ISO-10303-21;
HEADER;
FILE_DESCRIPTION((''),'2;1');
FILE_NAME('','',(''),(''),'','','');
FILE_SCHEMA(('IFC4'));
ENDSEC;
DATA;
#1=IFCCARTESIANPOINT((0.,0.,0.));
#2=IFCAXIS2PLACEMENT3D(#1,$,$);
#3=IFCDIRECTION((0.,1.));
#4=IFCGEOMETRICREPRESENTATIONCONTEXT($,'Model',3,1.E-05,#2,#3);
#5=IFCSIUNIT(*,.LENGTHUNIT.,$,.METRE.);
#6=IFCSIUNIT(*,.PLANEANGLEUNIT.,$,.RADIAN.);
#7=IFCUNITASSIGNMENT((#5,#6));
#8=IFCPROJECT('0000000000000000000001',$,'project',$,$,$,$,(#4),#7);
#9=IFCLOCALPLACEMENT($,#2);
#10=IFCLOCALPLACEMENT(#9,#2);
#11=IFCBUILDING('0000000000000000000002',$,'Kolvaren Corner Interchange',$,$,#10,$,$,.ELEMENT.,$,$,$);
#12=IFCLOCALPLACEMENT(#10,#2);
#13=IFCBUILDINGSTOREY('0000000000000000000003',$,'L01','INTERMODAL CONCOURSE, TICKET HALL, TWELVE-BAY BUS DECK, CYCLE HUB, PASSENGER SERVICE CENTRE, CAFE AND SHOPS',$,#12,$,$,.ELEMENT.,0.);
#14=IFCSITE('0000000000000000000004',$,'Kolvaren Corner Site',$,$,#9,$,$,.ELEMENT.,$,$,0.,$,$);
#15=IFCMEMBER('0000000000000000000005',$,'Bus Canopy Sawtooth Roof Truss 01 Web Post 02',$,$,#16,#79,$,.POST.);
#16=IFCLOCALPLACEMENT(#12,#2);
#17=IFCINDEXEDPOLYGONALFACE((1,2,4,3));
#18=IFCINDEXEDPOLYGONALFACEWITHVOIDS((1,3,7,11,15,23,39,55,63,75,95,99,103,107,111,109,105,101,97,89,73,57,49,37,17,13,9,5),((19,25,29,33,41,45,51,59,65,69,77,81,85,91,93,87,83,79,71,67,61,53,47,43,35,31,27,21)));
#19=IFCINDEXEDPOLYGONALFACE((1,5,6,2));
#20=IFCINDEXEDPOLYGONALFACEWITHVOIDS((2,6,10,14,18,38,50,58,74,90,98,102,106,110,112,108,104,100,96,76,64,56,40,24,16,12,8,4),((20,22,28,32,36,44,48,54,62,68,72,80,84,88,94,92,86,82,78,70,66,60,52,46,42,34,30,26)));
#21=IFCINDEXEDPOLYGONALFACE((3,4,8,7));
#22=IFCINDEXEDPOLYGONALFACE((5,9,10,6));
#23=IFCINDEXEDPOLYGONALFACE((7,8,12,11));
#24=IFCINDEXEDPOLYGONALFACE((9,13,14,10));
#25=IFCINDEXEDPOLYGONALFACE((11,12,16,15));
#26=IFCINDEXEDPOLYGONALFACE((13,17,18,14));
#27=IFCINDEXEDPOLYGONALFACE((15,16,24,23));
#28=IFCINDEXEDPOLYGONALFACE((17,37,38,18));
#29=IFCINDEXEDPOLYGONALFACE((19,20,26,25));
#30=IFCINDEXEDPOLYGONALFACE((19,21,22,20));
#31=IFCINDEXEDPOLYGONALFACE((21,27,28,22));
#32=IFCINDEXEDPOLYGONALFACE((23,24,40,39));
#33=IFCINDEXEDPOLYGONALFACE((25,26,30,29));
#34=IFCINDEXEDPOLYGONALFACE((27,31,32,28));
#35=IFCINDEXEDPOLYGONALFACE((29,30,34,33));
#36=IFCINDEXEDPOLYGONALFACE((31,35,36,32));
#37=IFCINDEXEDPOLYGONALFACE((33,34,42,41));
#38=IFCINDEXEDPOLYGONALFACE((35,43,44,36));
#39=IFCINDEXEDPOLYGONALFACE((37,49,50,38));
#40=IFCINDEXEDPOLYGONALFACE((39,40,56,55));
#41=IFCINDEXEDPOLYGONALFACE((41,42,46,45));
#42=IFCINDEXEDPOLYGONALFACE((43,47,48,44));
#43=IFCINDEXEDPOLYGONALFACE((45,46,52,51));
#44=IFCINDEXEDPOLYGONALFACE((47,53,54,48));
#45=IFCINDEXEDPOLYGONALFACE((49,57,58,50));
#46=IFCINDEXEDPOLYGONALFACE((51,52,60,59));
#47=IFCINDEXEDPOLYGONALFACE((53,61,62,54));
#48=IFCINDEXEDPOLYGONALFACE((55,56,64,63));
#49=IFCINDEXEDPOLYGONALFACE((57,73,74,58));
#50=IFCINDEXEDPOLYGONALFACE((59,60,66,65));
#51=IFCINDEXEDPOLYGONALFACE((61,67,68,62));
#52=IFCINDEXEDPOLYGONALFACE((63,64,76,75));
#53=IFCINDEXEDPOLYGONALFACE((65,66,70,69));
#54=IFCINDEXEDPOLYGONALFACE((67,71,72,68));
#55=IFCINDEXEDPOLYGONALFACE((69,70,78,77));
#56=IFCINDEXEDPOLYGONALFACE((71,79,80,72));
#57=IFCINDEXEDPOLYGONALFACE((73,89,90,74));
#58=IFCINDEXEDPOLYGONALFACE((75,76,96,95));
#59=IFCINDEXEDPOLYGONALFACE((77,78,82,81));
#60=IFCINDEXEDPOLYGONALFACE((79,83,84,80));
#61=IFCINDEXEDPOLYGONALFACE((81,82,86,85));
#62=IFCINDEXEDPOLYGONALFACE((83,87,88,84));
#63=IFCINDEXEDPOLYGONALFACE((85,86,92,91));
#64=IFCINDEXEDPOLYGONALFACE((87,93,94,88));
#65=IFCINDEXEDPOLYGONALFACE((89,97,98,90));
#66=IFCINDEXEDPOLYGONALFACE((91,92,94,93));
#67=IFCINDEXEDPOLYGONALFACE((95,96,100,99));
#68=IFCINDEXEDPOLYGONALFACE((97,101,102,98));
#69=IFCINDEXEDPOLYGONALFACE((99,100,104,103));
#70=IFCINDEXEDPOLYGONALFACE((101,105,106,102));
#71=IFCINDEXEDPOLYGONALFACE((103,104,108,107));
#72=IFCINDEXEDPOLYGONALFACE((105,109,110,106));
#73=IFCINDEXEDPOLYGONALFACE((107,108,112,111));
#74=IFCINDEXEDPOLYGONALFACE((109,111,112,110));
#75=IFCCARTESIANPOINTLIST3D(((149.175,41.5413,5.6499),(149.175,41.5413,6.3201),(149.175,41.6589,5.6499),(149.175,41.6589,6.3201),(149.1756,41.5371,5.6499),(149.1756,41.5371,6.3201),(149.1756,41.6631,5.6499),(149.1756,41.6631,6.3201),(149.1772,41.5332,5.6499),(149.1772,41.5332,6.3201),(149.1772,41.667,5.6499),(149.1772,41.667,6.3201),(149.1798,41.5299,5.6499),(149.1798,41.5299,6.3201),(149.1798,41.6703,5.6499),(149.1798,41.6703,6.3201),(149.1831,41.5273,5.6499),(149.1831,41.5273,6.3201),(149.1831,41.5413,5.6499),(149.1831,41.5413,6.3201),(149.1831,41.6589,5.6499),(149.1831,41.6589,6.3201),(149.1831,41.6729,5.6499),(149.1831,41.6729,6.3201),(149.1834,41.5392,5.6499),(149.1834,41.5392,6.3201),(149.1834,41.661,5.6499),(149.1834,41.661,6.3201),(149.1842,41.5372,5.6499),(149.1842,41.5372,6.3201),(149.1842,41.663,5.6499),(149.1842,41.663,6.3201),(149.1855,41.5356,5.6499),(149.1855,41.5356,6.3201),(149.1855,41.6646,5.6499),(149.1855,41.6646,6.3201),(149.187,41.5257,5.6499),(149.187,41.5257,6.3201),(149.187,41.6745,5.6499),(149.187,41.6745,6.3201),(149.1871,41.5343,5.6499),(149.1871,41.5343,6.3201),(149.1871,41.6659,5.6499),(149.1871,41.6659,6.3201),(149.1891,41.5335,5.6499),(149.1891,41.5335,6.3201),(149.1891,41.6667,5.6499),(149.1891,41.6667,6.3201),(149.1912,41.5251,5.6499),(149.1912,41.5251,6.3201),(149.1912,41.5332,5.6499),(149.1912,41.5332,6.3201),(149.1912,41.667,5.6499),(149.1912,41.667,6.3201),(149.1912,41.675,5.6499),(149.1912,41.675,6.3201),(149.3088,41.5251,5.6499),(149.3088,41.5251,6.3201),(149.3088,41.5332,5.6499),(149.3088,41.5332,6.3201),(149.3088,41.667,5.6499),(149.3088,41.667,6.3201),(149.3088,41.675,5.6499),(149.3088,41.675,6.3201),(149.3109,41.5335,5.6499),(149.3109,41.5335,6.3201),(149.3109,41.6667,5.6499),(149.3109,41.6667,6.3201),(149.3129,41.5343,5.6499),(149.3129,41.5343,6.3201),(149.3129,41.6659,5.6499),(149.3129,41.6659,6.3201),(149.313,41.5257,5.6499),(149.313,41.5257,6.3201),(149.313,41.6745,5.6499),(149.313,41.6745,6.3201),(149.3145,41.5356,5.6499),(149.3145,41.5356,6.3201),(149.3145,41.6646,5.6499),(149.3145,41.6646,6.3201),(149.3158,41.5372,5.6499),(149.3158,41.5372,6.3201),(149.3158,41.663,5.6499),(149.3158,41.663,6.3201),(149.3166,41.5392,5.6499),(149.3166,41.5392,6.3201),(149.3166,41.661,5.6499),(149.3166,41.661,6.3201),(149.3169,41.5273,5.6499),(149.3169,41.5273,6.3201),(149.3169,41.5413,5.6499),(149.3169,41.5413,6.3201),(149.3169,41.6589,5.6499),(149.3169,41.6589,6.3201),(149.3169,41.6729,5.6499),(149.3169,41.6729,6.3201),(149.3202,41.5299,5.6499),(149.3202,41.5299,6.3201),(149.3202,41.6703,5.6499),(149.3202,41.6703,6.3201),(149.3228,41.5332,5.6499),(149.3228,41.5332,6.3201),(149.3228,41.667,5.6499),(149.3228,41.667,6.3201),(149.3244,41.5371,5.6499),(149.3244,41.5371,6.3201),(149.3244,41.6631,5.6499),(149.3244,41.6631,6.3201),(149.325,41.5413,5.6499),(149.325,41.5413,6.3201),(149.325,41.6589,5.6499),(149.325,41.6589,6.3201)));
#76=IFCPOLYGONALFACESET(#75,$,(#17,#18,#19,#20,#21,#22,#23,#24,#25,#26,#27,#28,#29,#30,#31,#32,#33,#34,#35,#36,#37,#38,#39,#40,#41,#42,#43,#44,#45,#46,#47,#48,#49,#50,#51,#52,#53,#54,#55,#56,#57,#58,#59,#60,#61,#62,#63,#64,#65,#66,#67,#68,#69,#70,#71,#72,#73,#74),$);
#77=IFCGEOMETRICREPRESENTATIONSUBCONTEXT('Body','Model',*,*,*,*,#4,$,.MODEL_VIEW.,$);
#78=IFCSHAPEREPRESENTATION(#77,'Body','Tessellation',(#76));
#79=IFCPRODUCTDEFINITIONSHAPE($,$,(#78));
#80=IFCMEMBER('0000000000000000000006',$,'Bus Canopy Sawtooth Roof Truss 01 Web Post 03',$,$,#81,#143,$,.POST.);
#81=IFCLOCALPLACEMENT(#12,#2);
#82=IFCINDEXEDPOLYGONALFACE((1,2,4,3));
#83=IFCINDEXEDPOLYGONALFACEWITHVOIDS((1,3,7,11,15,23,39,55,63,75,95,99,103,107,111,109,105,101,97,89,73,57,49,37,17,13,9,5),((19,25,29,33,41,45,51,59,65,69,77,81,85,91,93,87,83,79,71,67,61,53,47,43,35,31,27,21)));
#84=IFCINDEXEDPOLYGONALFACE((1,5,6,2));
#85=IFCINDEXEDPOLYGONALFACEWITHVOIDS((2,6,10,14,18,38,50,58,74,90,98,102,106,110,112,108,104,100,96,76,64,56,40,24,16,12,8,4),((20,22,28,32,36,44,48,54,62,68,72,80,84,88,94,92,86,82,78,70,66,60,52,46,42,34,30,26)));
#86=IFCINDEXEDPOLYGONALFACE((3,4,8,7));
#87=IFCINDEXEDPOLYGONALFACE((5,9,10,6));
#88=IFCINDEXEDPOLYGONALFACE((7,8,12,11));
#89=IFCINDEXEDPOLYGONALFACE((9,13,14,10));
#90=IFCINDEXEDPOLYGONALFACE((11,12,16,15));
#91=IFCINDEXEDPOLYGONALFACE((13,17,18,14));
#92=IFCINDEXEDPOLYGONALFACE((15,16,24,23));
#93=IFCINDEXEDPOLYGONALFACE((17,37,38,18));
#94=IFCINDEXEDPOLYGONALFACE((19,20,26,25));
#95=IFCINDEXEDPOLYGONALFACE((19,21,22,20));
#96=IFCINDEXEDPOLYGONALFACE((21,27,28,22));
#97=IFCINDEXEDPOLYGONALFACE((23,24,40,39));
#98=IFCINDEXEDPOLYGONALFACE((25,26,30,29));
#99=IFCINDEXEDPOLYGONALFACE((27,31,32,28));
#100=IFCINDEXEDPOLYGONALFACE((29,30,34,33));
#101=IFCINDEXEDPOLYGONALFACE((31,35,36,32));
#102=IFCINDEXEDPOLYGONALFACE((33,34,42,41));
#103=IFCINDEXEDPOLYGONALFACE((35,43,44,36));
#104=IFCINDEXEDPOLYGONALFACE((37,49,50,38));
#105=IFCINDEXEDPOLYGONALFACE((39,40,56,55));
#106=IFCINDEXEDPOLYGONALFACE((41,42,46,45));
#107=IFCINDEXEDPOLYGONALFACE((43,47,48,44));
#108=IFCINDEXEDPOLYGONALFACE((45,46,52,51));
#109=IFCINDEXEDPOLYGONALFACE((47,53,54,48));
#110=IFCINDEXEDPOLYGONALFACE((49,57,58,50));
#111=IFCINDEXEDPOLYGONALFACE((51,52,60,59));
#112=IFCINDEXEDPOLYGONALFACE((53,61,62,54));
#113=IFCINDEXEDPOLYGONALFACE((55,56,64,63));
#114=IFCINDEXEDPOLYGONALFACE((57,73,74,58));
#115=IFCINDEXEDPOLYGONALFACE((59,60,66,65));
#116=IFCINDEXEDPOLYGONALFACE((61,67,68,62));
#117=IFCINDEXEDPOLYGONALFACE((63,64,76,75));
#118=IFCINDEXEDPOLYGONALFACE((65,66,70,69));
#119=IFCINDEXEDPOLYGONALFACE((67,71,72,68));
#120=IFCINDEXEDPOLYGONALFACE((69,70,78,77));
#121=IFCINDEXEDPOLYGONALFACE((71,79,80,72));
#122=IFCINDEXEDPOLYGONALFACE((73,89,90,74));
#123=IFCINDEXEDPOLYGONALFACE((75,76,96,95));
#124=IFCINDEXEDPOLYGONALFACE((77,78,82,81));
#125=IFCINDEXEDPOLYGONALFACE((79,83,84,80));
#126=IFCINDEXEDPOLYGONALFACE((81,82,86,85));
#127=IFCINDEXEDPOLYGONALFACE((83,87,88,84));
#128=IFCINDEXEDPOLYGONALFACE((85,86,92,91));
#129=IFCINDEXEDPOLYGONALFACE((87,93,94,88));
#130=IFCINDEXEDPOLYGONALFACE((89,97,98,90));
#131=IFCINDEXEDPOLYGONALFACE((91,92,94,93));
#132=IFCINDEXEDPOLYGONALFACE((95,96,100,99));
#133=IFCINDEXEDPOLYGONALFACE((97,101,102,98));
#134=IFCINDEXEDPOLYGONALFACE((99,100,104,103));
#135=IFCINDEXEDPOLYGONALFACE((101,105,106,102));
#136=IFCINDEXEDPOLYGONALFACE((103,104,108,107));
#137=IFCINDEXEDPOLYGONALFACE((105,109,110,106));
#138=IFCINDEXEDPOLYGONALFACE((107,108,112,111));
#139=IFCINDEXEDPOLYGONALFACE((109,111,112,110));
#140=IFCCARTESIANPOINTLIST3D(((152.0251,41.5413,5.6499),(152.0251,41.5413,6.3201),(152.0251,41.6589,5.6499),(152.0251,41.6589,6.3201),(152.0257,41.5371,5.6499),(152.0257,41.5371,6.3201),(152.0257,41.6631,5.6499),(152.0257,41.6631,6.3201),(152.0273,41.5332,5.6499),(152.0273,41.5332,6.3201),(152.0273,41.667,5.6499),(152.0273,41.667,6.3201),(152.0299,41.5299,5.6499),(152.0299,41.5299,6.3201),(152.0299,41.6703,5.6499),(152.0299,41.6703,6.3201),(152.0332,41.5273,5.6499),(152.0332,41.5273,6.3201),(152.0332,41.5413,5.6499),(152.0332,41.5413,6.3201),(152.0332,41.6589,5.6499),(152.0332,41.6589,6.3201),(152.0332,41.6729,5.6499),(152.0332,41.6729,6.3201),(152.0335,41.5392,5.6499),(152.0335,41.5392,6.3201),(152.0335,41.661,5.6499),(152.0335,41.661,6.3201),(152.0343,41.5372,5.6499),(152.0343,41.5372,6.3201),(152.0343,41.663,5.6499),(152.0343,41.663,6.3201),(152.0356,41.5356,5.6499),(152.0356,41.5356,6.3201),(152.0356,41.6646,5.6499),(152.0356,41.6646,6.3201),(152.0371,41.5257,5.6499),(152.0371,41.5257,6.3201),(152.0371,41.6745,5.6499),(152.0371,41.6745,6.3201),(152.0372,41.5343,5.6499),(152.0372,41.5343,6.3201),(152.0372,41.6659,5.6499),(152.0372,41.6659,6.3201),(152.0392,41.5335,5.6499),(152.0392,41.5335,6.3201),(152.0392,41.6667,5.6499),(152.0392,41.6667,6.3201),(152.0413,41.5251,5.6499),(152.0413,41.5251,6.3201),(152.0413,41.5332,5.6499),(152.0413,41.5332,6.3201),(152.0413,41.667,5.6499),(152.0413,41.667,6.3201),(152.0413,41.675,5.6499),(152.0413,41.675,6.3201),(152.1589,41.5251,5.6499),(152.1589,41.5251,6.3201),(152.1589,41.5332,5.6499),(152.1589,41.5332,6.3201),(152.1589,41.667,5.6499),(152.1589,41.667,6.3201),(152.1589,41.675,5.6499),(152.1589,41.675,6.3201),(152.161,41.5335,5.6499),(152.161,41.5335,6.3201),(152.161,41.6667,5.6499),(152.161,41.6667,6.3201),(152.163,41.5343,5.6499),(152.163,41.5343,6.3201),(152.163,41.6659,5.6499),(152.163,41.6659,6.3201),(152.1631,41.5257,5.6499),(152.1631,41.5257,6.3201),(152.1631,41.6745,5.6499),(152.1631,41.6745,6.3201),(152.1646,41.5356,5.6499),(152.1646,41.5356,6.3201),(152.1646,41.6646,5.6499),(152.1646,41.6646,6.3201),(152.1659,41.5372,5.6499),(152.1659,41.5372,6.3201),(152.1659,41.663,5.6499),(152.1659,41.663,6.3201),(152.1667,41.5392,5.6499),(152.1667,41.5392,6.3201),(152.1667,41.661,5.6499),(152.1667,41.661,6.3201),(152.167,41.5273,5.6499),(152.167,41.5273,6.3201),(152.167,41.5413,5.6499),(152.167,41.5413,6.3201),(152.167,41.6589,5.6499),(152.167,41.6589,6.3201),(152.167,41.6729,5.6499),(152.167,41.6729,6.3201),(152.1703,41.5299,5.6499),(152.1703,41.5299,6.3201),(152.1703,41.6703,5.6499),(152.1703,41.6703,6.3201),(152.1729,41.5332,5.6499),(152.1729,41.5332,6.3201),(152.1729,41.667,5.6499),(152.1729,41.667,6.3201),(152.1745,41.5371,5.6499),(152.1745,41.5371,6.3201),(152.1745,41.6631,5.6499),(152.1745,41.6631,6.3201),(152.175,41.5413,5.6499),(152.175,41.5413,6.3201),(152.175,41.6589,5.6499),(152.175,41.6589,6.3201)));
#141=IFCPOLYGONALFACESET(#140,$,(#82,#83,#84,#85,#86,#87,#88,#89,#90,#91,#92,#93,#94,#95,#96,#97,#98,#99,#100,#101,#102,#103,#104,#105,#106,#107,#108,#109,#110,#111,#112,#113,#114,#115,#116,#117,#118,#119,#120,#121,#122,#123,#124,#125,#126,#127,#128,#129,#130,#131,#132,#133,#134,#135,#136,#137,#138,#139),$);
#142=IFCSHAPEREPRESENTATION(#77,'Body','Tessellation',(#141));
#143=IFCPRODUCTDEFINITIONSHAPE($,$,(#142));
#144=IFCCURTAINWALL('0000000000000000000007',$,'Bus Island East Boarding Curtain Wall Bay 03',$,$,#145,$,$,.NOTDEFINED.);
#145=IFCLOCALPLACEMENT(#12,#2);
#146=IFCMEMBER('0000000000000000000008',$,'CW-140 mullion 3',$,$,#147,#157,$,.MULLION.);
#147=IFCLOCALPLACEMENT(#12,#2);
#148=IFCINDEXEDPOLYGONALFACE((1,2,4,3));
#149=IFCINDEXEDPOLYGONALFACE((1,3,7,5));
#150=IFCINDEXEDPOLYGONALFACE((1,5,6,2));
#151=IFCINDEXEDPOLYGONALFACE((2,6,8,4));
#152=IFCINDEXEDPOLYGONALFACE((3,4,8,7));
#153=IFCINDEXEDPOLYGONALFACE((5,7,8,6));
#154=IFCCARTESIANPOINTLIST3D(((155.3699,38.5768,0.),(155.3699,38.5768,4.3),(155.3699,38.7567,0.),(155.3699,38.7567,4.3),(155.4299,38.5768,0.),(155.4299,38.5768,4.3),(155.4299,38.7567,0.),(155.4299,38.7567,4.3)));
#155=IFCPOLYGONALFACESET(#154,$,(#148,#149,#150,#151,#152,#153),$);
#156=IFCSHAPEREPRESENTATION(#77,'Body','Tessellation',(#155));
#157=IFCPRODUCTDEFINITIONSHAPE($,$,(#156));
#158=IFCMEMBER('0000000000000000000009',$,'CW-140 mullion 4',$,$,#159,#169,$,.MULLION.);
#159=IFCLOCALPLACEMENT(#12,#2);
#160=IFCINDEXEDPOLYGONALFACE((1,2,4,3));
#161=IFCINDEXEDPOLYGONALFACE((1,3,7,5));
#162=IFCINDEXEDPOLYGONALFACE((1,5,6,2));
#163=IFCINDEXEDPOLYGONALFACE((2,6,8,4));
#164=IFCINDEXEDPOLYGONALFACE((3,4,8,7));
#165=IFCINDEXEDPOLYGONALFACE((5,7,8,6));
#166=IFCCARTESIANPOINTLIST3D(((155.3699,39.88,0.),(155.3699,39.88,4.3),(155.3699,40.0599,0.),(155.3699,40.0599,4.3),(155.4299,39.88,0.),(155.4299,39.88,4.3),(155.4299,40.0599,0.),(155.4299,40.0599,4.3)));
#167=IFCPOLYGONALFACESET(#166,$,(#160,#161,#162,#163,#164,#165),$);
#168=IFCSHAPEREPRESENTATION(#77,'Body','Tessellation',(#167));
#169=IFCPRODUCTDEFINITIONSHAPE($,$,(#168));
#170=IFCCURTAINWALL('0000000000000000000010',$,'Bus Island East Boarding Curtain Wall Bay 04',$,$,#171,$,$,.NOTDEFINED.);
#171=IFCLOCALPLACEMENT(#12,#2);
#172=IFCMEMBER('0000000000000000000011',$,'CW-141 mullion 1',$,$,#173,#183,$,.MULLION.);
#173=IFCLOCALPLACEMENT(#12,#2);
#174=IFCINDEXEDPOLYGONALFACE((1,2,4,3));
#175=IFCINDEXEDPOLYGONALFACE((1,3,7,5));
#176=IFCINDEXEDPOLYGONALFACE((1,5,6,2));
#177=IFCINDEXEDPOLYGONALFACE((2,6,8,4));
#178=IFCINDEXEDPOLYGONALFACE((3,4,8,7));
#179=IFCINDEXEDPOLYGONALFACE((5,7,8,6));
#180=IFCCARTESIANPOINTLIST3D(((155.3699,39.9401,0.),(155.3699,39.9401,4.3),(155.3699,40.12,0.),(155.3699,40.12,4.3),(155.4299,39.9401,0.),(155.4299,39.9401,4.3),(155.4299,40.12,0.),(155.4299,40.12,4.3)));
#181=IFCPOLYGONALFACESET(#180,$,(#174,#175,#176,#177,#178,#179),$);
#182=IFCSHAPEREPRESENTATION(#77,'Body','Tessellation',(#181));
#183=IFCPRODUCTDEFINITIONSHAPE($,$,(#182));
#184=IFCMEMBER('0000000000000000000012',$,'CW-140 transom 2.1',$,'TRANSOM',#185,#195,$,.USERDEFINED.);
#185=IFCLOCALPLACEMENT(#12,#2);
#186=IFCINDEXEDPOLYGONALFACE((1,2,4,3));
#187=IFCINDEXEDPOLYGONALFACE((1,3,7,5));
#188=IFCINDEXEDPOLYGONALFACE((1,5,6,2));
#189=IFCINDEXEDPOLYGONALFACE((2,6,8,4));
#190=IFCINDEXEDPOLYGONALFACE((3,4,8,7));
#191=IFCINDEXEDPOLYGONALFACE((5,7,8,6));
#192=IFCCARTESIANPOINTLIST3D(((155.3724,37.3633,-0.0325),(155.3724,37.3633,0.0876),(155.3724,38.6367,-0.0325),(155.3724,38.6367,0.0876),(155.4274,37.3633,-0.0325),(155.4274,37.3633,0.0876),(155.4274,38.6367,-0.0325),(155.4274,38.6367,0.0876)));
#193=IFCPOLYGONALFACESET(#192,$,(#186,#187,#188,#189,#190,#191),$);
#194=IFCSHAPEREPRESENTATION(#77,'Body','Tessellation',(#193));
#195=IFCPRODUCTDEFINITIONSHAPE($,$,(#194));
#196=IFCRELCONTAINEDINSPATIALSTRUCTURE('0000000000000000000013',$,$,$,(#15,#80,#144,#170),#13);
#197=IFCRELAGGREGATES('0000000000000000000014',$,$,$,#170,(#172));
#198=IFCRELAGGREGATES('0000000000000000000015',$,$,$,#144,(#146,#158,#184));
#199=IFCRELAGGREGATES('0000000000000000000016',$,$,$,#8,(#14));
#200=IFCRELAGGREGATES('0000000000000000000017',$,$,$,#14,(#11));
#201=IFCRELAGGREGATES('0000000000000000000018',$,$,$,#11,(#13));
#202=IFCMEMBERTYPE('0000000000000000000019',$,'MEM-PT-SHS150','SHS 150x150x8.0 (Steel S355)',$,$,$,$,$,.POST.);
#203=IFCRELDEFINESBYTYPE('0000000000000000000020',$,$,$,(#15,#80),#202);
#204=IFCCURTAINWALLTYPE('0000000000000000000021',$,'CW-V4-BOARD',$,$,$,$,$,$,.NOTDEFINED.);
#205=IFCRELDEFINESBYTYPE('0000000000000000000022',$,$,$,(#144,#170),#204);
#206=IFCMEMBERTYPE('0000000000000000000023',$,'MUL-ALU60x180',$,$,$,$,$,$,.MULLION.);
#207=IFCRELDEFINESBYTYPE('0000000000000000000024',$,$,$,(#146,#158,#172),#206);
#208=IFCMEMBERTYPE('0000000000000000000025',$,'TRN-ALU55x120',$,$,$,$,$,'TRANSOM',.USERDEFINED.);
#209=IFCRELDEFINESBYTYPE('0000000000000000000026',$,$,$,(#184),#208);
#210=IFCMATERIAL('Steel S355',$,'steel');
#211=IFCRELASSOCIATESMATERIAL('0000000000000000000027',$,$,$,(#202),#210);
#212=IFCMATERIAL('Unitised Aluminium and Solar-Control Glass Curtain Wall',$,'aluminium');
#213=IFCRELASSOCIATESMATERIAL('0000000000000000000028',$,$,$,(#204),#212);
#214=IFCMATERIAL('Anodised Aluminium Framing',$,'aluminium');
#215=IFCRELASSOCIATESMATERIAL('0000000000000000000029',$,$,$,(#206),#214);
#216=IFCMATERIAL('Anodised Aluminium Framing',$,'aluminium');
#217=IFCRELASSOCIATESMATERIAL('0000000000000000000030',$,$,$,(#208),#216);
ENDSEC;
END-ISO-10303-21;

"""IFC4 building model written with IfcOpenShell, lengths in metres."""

from ifc_helpers import new_model, si_unit, direction, frame, origin, origin_2d, place, context, subcontext, project, spatial, rectangle, hollow_rectangle, extrude, material, material_profile, profile_set, type_object, element, aggregate, save


model = new_model("IFC4")

# Units and contexts
model_context = context("Model", 3, precision=1e-05, world=origin(), true_north=direction((0.0, 1.0)))
body_context = subcontext(model_context, "Body", "Model", "MODEL_VIEW")
ifc_project = project(units=[si_unit("LENGTHUNIT", "METRE"), si_unit("PLANEANGLEUNIT", "RADIAN")], contexts=[model_context])

# Site, building, storey
site_placement = place(None, origin())
site = spatial("IfcSite", under=ifc_project, at=site_placement, Name="Kolvaren Corner Site", CompositionType="ELEMENT", RefElevation=0.0)
building_placement = place(site_placement, origin())
building = spatial("IfcBuilding", under=site, at=building_placement, Name="Kolvaren Corner Interchange", CompositionType="ELEMENT")
storey_placement = place(building_placement, origin())
storey = spatial("IfcBuildingStorey", under=building, at=storey_placement, Name="L01", Description="INTERMODAL CONCOURSE, TICKET HALL, TWELVE-BAY BUS DECK, CYCLE HUB, PASSENGER SERVICE CENTRE, CAFE AND SHOPS", CompositionType="ELEMENT", Elevation=0.0)

# Members
ifc_material_1 = material(Name="Steel S355", Category="steel")
ifc_material_profile_1 = material_profile(ifc_material_1, hollow_rectangle(XDim=0.1499, YDim=0.1499, WallThickness=0.0081, InnerFilletRadius=0.0081, OuterFilletRadius=0.0161, at=origin_2d()), Name="SHS 150x150x8.0")
ifc_profile_set_1 = profile_set([ifc_material_profile_1], Name="Steel S355")
member_type_1 = type_object("IfcMemberType", Name="MEM-PT-SHS150", Description="SHS 150x150x8.0 (Steel S355)", PredefinedType="POST", material=ifc_profile_set_1)
for number, where, z_axis, x_axis, name in (
    (1, (149.25, 41.6001, 5.6499), (0.0, 0.0, 1.0), (1.0, 0.0, 0.0), "Bus Canopy Sawtooth Roof Truss 01 Web Post 02"),
    (2, (152.1001, 41.6001, 5.6499), (0.0, 0.0, 1.0), (1.0, 0.0, 0.0), "Bus Canopy Sawtooth Roof Truss 01 Web Post 03"),
):
    element("IfcMember", number, at=place(storey_placement, frame(where, z_axis=z_axis, x_axis=x_axis)), inside=storey, type_object=member_type_1, Name=name, PredefinedType="POST", context=body_context, shape_type="SweptSolid", body=[
        extrude(hollow_rectangle(XDim=0.1499, YDim=0.1499, WallThickness=0.0081, InnerFilletRadius=0.0081, OuterFilletRadius=0.0161, at=origin_2d()), origin(), (0.0, 0.0, 1.0), 0.6702),
    ])

# Curtain wall, members
ifc_material_2 = material(Name="Unitised Aluminium and Solar-Control Glass Curtain Wall", Category="aluminium")
curtain_wall_type = type_object("IfcCurtainWallType", Name="CW-V4-BOARD", PredefinedType="NOTDEFINED", material=ifc_material_2)
curtain_wall_1_placement = place(storey_placement, origin())
curtain_wall_1 = element("IfcCurtainWall", 3, at=curtain_wall_1_placement, inside=storey, type_object=curtain_wall_type, Name="Bus Island East Boarding Curtain Wall Bay 03", PredefinedType="NOTDEFINED")
ifc_material_3 = material(Name="Anodised Aluminium Framing", Category="aluminium")
ifc_material_profile_2 = material_profile(ifc_material_3, rectangle(XDim=0.0601, YDim=0.1799, at=origin_2d()), Name="ALU 60x180")
ifc_profile_set_2 = profile_set([ifc_material_profile_2], Name="Anodised Aluminium Framing")
member_type_2 = type_object("IfcMemberType", Name="MUL-ALU60x180", PredefinedType="MULLION", material=ifc_profile_set_2)
member_1_placement = place(storey_placement, frame((155.3999, 38.6667, 0.0), z_axis=(0.0, 0.0, 1.0), x_axis=(-1.0, 0.0, 0.0)))
member_1 = element("IfcMember", 4, at=member_1_placement, type_object=member_type_2, Name="CW-140 mullion 3", PredefinedType="MULLION", context=body_context, shape_type="SweptSolid", body=[
    extrude(rectangle(XDim=0.0601, YDim=0.1799, at=origin_2d()), origin(), (0.0, 0.0, 1.0), 4.3),
])
member_2_placement = place(storey_placement, frame((155.3999, 39.97, 0.0), z_axis=(0.0, 0.0, 1.0), x_axis=(-1.0, 0.0, 0.0)))
member_2 = element("IfcMember", 5, at=member_2_placement, type_object=member_type_2, Name="CW-140 mullion 4", PredefinedType="MULLION", context=body_context, shape_type="SweptSolid", body=[
    extrude(rectangle(XDim=0.0601, YDim=0.1799, at=origin_2d()), origin(), (0.0, 0.0, 1.0), 4.3),
])

# Curtain wall, member
curtain_wall_2_placement = place(storey_placement, origin())
curtain_wall_2 = element("IfcCurtainWall", 6, at=curtain_wall_2_placement, inside=storey, type_object=curtain_wall_type, Name="Bus Island East Boarding Curtain Wall Bay 04", PredefinedType="NOTDEFINED")
member_3_placement = place(storey_placement, frame((155.3999, 40.03, 0.0), z_axis=(0.0, 0.0, 1.0), x_axis=(-1.0, 0.0, 0.0)))
member_3 = element("IfcMember", 7, at=member_3_placement, type_object=member_type_2, Name="CW-141 mullion 1", PredefinedType="MULLION", context=body_context, shape_type="SweptSolid", body=[
    extrude(rectangle(XDim=0.0601, YDim=0.1799, at=origin_2d()), origin(), (0.0, 0.0, 1.0), 4.3),
])
aggregate(curtain_wall_2, [member_3])

# Member
ifc_material_4 = material(Name="Anodised Aluminium Framing", Category="aluminium")
ifc_material_profile_3 = material_profile(ifc_material_4, rectangle(XDim=0.0549, YDim=0.1201, at=origin_2d()), Name="ALU 55x120")
ifc_profile_set_3 = profile_set([ifc_material_profile_3], Name="Anodised Aluminium Framing")
member_type_3 = type_object("IfcMemberType", Name="TRN-ALU55x120", ElementType="TRANSOM", PredefinedType="USERDEFINED", material=ifc_profile_set_3)
member_4_placement = place(storey_placement, frame((155.3999, 37.3633, 0.0276), z_axis=(0.0, 1.0, 0.0), x_axis=(-1.0, 0.0, 0.0)))
member_4 = element("IfcMember", 8, at=member_4_placement, type_object=member_type_3, Name="CW-140 transom 2.1", ObjectType="TRANSOM", PredefinedType="USERDEFINED", context=body_context, shape_type="SweptSolid", body=[
    extrude(rectangle(XDim=0.0549, YDim=0.1201, at=origin_2d()), origin(), (0.0, 0.0, 1.0), 1.2734),
])

aggregate(curtain_wall_1, [member_1, member_2, member_4])

save(model, "model.ifc")
